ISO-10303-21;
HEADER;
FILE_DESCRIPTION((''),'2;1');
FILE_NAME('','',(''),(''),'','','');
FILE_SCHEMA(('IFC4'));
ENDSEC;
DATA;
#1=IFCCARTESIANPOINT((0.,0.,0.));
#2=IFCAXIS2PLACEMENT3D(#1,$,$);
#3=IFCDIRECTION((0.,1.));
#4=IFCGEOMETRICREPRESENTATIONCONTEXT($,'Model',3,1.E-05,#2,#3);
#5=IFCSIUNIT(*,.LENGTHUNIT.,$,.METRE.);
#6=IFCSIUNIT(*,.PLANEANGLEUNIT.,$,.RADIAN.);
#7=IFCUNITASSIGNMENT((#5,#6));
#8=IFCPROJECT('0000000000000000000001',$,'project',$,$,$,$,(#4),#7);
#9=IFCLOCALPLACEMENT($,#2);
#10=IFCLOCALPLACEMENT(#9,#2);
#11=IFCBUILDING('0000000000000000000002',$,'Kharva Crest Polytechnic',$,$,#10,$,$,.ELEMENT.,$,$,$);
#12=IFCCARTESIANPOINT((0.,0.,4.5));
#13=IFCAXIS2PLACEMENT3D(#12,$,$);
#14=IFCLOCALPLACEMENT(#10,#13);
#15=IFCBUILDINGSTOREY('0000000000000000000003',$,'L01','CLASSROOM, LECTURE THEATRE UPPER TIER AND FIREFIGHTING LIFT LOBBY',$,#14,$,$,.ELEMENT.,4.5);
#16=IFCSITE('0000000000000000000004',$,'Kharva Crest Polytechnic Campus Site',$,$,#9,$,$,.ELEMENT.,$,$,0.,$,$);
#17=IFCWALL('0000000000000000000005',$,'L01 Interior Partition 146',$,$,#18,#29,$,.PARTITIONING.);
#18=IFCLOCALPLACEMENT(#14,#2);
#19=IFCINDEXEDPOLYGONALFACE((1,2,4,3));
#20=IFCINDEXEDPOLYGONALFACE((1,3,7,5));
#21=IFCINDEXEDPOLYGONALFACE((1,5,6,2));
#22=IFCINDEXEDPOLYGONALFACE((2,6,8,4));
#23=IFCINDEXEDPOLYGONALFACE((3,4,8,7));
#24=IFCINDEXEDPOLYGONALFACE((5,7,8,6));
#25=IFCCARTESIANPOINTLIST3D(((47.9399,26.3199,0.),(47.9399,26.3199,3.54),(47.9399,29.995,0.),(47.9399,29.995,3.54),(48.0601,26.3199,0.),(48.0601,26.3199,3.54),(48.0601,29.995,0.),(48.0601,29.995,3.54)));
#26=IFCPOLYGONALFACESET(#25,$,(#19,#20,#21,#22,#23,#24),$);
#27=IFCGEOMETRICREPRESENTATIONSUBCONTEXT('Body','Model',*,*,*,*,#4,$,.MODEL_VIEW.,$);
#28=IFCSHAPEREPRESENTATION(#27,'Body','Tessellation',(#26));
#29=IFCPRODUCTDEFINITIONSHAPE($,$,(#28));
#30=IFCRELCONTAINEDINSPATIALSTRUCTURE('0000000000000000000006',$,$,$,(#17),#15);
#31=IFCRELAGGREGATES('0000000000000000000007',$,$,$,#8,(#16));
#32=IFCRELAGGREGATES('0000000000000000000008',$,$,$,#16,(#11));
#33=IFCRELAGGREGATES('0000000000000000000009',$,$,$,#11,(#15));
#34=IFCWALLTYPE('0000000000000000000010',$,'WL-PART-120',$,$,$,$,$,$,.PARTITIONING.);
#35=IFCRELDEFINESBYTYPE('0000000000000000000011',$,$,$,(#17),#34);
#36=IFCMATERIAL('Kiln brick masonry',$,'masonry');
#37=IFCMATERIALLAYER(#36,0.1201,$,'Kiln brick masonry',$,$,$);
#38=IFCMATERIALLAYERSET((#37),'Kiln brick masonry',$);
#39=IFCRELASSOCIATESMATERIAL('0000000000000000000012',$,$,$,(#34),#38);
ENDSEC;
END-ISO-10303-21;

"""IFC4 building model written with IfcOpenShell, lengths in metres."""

from ifc_helpers import new_model, si_unit, direction, frame, frame_2d, origin, place, context, subcontext, project, spatial, rectangle, extrude, material, layer, layer_set, type_object, element, save


model = new_model("IFC4")

# Units and contexts
model_context = context("Model", 3, precision=1e-05, world=origin(), true_north=direction((0.0, 1.0)))
body_context = subcontext(model_context, "Body", "Model", "MODEL_VIEW")
ifc_project = project(units=[si_unit("LENGTHUNIT", "METRE"), si_unit("PLANEANGLEUNIT", "RADIAN")], contexts=[model_context])

# Site, building, storey
site_placement = place(None, origin())
site = spatial("IfcSite", under=ifc_project, at=site_placement, Name="Kharva Crest Polytechnic Campus Site", CompositionType="ELEMENT", RefElevation=0.0)
building_placement = place(site_placement, origin())
building = spatial("IfcBuilding", under=site, at=building_placement, Name="Kharva Crest Polytechnic", CompositionType="ELEMENT")
storey_placement = place(building_placement, frame((0.0, 0.0, 4.5)))
storey = spatial("IfcBuildingStorey", under=building, at=storey_placement, Name="L01", Description="CLASSROOM, LECTURE THEATRE UPPER TIER AND FIREFIGHTING LIFT LOBBY", CompositionType="ELEMENT", Elevation=4.5)

# Shared definitions
ifc_material_1 = material(Name="Kiln brick masonry", Category="masonry")

# Wall
ifc_layer_1 = layer(ifc_material_1, 0.1201, Name="Kiln brick masonry")
ifc_layer_set_1 = layer_set([ifc_layer_1], Name="Kiln brick masonry")
wall_type_1 = type_object("IfcWallType", Name="WL-PART-120", PredefinedType="PARTITIONING", material=ifc_layer_set_1)
wall_1_placement = place(storey_placement, frame((48.0, 26.3201, 0.0), z_axis=(0.0, 0.0, 1.0), x_axis=(0.0, 1.0, 0.0)))
element("IfcWall", 1, at=wall_1_placement, inside=storey, type_object=wall_type_1, Name="L01 Interior Partition 146", PredefinedType="PARTITIONING", context=body_context, shape_type="SweptSolid", body=[
    extrude(rectangle(XDim=3.675, YDim=0.1201, at=frame_2d((1.8374, 0.0))), origin(), (0.0, 0.0, 1.0), 3.54),
])

save(model, "model.ifc")
